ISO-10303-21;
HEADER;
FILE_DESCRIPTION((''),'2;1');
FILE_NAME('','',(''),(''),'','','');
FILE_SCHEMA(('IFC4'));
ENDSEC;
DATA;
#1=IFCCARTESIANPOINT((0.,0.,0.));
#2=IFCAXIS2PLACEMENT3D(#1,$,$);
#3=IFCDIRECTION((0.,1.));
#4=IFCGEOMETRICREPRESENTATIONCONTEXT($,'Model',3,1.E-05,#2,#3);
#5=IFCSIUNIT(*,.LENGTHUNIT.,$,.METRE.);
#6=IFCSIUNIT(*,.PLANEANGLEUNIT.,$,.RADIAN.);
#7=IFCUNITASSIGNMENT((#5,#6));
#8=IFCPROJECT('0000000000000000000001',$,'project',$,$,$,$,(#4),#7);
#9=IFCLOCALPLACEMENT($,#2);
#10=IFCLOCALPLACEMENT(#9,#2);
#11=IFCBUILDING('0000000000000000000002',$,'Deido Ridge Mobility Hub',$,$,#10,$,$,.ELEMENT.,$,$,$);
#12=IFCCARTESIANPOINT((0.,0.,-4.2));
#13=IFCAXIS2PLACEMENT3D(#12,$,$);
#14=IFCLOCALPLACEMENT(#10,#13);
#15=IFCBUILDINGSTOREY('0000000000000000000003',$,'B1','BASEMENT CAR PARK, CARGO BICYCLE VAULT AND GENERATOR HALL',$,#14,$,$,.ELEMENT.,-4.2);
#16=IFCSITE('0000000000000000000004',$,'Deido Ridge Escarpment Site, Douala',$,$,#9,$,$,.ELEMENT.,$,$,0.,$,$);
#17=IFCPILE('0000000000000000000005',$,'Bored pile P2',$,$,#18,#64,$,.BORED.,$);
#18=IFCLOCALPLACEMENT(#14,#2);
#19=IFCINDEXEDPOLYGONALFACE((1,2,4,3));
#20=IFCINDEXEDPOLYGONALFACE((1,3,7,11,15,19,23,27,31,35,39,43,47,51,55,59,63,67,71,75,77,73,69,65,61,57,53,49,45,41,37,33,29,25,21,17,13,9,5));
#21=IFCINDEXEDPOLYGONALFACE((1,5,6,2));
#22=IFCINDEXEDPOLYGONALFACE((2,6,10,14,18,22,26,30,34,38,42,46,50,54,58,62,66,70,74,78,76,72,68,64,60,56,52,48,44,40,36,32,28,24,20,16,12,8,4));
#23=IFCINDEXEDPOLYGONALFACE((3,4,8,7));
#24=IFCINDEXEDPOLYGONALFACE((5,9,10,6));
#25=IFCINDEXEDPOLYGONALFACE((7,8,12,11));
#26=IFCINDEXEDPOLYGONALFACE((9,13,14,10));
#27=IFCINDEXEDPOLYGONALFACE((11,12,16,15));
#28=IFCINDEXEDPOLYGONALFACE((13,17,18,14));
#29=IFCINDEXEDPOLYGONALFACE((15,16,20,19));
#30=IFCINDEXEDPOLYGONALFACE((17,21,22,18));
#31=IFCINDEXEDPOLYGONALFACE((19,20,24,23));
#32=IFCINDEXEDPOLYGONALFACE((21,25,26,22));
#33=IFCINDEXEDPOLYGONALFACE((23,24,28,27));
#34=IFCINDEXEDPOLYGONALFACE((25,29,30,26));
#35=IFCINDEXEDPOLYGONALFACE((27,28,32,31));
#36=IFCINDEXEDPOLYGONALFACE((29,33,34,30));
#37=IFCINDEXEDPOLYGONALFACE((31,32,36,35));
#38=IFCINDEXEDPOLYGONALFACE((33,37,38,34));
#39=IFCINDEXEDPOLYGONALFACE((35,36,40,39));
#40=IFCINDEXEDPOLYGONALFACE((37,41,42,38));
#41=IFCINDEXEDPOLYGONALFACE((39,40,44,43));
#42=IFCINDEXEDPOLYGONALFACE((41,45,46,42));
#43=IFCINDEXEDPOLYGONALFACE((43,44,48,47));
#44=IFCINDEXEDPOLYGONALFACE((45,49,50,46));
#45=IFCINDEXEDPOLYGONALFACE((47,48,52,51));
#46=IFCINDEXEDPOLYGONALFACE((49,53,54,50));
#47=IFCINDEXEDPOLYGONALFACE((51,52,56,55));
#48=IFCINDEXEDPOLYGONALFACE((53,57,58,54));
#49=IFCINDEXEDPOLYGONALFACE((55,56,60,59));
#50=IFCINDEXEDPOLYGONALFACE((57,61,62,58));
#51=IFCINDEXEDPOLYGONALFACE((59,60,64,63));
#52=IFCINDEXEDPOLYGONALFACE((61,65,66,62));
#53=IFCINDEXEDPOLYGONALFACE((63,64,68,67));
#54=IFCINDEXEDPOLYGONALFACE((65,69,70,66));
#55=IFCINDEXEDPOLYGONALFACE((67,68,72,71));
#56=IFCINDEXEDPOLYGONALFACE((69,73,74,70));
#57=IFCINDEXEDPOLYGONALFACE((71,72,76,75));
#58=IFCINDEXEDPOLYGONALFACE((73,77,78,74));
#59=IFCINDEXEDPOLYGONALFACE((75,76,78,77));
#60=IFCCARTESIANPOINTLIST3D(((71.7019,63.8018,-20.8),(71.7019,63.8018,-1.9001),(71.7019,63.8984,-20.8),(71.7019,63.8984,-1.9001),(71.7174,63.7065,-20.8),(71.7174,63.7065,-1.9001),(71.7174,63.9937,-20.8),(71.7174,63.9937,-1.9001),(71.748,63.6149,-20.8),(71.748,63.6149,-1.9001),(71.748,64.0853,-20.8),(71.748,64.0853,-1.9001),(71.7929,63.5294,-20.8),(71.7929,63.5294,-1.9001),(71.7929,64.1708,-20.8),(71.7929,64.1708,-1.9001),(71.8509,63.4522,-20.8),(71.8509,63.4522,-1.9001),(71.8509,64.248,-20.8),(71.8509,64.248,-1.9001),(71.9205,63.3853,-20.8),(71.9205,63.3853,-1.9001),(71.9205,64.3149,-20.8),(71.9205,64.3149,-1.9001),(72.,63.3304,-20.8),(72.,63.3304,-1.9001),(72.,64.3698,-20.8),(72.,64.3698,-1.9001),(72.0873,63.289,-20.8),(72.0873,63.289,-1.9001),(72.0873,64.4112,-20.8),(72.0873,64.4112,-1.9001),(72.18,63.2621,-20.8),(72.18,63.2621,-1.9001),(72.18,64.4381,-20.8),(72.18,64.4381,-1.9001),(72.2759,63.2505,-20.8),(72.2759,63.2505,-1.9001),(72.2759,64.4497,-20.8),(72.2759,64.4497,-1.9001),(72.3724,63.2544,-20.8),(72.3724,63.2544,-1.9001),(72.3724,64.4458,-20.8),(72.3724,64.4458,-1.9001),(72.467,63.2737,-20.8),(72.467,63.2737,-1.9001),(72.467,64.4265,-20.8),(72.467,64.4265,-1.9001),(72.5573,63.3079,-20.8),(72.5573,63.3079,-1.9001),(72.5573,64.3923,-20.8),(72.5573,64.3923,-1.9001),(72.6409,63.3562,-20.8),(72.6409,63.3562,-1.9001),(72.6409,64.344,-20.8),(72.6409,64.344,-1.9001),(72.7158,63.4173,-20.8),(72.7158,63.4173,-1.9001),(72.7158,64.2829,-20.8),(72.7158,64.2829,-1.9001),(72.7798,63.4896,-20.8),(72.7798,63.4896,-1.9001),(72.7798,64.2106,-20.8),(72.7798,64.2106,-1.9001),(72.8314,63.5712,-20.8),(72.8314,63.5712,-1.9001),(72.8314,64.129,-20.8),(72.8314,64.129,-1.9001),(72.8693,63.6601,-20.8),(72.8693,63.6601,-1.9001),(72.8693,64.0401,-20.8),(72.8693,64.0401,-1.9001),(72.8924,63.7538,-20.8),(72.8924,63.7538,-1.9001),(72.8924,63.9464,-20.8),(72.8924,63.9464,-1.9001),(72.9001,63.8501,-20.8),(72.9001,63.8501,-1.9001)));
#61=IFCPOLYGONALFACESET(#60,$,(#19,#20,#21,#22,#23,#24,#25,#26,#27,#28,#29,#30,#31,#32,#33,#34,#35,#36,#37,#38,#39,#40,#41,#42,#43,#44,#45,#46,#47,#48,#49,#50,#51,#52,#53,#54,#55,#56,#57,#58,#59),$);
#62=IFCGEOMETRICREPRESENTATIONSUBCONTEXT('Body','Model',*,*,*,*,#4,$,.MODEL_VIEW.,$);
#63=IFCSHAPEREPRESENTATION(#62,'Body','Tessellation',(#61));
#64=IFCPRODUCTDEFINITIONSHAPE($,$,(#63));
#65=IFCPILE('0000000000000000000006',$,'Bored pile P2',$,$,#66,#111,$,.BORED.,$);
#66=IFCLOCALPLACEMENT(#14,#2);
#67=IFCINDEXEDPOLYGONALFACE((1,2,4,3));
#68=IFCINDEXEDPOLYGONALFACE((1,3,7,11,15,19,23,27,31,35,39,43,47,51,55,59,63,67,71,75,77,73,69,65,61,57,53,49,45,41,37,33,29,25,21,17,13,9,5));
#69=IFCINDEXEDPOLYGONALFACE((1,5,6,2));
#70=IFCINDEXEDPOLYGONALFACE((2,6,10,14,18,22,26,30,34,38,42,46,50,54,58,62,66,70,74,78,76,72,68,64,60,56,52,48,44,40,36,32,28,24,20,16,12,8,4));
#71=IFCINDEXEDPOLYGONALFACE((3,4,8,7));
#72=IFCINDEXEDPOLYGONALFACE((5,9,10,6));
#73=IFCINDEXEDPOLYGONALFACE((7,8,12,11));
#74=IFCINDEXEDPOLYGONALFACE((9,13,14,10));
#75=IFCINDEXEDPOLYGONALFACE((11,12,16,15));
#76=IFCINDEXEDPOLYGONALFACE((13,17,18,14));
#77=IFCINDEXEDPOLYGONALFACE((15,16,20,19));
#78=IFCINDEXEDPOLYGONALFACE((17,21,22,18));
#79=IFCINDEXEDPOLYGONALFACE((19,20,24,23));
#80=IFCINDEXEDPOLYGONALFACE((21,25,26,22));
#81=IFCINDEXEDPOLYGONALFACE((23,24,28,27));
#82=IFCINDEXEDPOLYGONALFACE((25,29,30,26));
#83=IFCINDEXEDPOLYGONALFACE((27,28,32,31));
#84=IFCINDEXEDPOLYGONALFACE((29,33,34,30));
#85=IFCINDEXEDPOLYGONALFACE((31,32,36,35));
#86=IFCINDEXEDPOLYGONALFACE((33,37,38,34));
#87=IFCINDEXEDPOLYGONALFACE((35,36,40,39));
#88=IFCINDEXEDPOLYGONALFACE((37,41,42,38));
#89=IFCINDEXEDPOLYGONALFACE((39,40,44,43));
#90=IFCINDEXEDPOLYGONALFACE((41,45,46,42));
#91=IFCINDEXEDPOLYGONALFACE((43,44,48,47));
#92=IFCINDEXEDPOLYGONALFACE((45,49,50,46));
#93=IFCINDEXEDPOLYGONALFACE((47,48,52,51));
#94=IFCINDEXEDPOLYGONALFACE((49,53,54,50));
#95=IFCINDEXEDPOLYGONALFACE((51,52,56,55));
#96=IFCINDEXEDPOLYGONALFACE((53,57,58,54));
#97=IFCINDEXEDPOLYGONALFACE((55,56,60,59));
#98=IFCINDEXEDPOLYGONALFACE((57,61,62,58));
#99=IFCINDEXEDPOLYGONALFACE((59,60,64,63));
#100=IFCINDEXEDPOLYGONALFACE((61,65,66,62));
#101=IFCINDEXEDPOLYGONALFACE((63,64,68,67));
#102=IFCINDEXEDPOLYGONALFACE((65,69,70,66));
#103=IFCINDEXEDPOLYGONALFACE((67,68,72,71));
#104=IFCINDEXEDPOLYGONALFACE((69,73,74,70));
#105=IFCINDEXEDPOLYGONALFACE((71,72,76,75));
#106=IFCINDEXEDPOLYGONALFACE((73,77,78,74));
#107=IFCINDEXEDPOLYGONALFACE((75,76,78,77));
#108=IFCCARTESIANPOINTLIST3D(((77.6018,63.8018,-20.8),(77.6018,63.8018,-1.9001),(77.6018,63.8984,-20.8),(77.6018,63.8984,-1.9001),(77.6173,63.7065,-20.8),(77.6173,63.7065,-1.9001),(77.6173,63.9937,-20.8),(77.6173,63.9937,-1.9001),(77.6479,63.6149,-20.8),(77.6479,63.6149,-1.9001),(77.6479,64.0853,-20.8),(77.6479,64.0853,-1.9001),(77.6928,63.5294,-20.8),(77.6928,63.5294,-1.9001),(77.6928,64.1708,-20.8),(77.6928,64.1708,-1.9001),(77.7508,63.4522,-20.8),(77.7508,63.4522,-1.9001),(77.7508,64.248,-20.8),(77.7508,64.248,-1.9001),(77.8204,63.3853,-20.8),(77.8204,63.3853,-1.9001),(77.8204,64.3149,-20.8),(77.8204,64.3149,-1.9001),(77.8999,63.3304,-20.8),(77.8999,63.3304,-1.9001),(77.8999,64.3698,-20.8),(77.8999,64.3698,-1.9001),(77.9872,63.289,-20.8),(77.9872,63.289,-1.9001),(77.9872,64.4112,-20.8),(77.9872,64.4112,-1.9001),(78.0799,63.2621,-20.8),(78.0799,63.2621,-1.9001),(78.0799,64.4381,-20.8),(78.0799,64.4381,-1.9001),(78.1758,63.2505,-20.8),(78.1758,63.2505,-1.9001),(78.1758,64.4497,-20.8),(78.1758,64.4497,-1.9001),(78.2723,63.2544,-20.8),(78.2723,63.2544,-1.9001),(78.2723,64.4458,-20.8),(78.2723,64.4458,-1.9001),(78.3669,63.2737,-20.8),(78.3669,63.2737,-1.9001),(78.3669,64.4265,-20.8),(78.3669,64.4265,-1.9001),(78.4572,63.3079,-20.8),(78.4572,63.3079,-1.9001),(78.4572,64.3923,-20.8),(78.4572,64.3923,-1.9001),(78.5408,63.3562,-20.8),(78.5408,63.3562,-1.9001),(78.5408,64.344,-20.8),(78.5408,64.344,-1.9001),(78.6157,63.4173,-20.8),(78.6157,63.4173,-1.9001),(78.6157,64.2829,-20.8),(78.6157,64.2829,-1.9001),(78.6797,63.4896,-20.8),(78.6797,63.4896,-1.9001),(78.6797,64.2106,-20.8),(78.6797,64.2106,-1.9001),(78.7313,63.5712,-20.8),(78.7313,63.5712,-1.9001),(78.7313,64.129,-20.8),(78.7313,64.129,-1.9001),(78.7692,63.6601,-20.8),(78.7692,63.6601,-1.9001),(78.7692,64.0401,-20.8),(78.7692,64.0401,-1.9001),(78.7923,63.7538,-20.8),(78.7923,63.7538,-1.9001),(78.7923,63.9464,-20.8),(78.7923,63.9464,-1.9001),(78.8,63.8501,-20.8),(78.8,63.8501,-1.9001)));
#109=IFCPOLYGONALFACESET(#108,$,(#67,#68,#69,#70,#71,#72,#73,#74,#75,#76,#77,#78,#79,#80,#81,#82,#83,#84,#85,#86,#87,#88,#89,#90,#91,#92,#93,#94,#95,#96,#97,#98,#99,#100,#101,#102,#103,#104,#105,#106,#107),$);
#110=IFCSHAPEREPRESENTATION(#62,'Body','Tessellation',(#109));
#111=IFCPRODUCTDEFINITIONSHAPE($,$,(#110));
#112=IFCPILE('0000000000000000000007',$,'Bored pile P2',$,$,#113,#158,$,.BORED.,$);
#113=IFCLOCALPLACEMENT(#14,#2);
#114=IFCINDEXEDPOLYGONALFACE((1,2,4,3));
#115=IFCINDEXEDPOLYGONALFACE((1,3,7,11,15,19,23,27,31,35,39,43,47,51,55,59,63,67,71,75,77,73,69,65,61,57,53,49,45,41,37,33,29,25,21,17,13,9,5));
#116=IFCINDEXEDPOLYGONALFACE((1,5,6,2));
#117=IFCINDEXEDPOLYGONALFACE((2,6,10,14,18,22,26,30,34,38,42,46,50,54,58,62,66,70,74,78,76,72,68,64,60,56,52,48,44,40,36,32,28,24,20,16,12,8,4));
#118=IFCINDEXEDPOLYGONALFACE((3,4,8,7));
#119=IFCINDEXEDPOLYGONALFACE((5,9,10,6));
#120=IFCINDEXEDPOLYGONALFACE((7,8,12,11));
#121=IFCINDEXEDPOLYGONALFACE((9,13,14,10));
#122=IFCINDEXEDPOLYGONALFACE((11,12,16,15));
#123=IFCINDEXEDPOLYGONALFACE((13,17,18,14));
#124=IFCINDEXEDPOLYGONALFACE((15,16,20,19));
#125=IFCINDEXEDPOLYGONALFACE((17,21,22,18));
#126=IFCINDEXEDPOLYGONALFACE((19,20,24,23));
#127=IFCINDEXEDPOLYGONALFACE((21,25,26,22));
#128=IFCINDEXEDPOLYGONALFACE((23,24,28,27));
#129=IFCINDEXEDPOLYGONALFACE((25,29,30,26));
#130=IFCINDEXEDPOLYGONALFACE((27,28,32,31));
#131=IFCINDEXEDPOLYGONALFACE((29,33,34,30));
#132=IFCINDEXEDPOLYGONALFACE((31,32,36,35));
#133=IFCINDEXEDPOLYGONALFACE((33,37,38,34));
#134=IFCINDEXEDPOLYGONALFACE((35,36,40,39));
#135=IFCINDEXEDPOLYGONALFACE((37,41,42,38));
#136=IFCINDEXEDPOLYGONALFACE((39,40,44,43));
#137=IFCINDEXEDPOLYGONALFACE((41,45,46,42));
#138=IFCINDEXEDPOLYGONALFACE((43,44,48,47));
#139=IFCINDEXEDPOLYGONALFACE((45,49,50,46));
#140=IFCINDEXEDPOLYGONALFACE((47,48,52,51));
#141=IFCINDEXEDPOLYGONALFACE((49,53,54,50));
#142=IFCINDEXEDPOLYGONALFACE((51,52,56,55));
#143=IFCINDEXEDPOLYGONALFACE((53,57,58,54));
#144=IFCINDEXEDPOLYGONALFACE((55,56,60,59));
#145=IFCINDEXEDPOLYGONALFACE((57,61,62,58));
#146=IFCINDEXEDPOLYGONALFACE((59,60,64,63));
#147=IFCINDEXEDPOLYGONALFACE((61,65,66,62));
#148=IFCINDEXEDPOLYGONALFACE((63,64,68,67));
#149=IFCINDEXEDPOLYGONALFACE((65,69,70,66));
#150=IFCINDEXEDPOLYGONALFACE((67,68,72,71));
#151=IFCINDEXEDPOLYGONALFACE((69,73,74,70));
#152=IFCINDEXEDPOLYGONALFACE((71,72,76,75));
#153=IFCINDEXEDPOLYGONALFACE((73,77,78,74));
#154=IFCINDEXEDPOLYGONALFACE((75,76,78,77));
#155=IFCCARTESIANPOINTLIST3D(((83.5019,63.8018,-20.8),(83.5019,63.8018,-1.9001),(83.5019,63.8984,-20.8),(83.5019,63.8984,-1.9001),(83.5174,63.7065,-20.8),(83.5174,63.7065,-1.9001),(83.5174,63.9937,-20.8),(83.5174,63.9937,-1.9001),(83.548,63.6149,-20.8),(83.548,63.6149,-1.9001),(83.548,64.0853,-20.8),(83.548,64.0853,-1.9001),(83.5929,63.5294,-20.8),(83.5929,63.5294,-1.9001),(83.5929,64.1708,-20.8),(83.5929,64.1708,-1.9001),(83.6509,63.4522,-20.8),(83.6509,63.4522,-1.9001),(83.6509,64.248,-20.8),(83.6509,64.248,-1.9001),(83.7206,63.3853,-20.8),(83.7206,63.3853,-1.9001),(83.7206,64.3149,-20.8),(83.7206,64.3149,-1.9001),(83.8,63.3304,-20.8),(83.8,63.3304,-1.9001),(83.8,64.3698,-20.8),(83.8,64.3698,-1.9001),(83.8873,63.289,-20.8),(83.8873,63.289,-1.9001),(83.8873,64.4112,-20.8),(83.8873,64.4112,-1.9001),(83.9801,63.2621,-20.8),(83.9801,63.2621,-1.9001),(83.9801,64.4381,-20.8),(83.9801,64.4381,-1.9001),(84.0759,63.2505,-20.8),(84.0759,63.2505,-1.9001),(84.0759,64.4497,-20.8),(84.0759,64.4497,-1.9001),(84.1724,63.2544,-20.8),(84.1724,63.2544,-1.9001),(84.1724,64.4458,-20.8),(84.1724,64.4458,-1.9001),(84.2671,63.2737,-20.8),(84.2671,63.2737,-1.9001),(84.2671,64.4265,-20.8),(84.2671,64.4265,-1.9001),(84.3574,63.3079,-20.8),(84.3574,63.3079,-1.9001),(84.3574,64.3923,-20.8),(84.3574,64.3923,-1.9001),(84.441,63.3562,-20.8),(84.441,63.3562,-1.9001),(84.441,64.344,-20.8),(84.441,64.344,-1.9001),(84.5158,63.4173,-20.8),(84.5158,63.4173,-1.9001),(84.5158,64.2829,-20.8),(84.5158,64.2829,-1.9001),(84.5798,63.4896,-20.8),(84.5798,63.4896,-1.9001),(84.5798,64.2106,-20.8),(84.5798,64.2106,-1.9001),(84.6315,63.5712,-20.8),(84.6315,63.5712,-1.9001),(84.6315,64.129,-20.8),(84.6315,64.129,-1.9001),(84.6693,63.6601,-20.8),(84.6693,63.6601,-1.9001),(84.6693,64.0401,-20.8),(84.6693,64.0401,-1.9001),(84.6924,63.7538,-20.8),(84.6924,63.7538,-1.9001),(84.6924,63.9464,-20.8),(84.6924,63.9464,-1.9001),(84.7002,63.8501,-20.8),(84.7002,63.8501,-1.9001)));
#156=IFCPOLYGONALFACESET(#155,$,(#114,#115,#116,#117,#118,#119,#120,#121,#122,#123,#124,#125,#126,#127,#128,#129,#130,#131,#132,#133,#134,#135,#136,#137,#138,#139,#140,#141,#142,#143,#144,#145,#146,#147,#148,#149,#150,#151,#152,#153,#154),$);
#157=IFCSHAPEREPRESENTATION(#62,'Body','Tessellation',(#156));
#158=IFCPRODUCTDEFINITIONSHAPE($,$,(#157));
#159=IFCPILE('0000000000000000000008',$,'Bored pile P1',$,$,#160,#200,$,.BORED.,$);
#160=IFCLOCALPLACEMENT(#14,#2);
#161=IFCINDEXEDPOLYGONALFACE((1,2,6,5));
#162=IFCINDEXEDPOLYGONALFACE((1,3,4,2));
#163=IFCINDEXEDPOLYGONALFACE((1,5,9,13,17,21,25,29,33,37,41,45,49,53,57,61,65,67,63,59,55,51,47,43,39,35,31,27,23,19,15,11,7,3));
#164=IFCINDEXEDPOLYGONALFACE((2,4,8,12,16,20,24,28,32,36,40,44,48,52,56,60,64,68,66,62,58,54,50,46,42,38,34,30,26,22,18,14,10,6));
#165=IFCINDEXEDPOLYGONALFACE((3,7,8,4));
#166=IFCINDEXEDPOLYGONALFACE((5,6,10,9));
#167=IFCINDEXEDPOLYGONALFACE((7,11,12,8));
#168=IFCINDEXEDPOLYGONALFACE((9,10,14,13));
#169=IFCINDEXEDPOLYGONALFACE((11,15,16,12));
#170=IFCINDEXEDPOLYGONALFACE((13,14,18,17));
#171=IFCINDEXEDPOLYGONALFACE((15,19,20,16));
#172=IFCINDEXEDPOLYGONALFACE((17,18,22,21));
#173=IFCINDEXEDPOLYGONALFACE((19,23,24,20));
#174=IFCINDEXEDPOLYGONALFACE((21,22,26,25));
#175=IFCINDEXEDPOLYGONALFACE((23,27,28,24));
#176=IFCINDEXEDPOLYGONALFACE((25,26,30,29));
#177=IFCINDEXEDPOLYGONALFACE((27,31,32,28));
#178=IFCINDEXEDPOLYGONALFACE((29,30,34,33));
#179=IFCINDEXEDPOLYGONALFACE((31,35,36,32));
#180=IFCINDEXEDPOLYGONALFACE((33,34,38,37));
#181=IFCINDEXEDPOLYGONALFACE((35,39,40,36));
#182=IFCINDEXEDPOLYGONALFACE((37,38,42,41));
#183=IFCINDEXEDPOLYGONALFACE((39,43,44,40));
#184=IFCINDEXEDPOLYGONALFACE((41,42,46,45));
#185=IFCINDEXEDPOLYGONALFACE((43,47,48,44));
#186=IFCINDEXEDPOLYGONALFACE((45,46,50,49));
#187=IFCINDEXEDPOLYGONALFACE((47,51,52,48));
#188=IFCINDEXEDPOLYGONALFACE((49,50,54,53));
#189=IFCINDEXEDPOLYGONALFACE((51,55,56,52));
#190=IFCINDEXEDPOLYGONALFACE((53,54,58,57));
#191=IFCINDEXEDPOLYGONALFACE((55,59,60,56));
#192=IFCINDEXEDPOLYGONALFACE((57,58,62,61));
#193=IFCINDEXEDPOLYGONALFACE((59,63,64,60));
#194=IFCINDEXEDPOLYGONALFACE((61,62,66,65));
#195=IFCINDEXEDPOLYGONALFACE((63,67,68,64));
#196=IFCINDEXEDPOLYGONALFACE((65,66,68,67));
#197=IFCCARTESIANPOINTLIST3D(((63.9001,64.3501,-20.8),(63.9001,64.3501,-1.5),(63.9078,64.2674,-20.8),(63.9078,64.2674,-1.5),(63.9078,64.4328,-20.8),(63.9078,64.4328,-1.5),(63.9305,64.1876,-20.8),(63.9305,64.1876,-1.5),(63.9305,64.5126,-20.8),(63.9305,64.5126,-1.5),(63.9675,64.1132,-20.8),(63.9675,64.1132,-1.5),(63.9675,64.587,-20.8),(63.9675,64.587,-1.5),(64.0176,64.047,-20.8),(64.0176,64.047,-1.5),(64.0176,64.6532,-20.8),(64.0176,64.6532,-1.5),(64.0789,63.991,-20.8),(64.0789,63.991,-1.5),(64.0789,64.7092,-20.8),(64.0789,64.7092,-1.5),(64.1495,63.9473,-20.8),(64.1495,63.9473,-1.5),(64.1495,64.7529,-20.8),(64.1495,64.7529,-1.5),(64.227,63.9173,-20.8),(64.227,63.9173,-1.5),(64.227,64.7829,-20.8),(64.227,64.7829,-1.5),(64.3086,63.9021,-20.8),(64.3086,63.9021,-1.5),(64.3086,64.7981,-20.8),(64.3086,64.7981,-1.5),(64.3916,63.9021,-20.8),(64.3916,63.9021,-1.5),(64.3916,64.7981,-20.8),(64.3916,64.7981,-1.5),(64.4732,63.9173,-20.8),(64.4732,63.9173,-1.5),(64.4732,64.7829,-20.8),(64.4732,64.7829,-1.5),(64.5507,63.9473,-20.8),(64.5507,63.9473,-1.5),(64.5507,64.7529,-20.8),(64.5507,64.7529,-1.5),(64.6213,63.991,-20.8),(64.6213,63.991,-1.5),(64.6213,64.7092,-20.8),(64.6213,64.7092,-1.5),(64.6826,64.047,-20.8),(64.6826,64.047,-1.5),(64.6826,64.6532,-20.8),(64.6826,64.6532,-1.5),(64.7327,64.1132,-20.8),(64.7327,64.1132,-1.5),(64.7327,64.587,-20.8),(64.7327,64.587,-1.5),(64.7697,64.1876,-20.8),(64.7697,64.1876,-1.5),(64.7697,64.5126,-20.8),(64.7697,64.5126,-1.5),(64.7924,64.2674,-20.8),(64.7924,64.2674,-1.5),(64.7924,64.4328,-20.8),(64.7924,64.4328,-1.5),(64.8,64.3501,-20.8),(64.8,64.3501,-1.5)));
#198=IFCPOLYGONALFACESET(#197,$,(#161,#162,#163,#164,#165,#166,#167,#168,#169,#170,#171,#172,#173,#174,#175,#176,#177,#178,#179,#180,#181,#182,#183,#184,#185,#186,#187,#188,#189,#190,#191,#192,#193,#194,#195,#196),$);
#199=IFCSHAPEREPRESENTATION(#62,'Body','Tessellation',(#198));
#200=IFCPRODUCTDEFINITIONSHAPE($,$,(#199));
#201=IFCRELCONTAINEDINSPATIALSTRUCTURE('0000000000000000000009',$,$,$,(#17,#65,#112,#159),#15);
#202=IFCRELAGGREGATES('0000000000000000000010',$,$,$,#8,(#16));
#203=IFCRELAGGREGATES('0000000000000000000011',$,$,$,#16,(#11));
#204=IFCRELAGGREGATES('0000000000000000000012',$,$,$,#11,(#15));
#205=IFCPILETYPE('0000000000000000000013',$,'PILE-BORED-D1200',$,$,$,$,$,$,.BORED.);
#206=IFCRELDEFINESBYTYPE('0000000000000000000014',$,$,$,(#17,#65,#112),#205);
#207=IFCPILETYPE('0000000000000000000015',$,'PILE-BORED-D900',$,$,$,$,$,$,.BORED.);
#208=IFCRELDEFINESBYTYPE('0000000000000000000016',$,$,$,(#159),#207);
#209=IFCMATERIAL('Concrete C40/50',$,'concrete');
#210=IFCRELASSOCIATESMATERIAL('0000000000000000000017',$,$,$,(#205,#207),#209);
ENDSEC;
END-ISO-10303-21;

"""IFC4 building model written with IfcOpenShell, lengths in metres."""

from ifc_helpers import new_model, si_unit, direction, frame, origin, origin_2d, place, context, subcontext, project, spatial, circle, extrude, material, material_profile, profile_set, type_object, element, save


model = new_model("IFC4")

# Units and contexts
model_context = context("Model", 3, precision=1e-05, world=origin(), true_north=direction((0.0, 1.0)))
body_context = subcontext(model_context, "Body", "Model", "MODEL_VIEW")
ifc_project = project(units=[si_unit("LENGTHUNIT", "METRE"), si_unit("PLANEANGLEUNIT", "RADIAN")], contexts=[model_context])

# Site, building, storey
site_placement = place(None, origin())
site = spatial("IfcSite", under=ifc_project, at=site_placement, Name="Deido Ridge Escarpment Site, Douala", CompositionType="ELEMENT", RefElevation=0.0)
building_placement = place(site_placement, origin())
building = spatial("IfcBuilding", under=site, at=building_placement, Name="Deido Ridge Mobility Hub", CompositionType="ELEMENT")
storey_placement = place(building_placement, frame((0.0, 0.0, -4.2)))
storey = spatial("IfcBuildingStorey", under=building, at=storey_placement, Name="B1", Description="BASEMENT CAR PARK, CARGO BICYCLE VAULT AND GENERATOR HALL", CompositionType="ELEMENT", Elevation=-4.2)

# Piles
ifc_material_1 = material(Name="Concrete C40/50", Category="concrete")
ifc_material_profile_1 = material_profile(ifc_material_1, circle(Radius=0.6001, at=origin_2d()), Name="BORED PILE D1200")
ifc_profile_set_1 = profile_set([ifc_material_profile_1], Name="Concrete C40/50")
pile_type_1 = type_object("IfcPileType", Name="PILE-BORED-D1200", PredefinedType="BORED", material=ifc_profile_set_1)
for number, where, z_axis, x_axis, name in (
    (1, (72.3, 63.8501, -1.9001), (0.0, 0.0, -1.0), (1.0, 0.0, 0.0), "Bored pile P2"),
    (2, (78.2, 63.8501, -1.9001), (0.0, 0.0, -1.0), (1.0, 0.0, 0.0), "Bored pile P2"),
    (3, (84.1001, 63.8501, -1.9001), (0.0, 0.0, -1.0), (1.0, 0.0, 0.0), "Bored pile P2"),
):
    element("IfcPile", number, at=place(storey_placement, frame(where, z_axis=z_axis, x_axis=x_axis)), inside=storey, type_object=pile_type_1, Name=name, PredefinedType="BORED", context=body_context, shape_type="SweptSolid", body=[
        extrude(circle(Radius=0.6001, at=origin_2d()), origin(), (0.0, 0.0, 1.0), 18.8999),
    ])
ifc_material_profile_2 = material_profile(ifc_material_1, circle(Radius=0.45, at=origin_2d()), Name="BORED PILE D900")
ifc_profile_set_2 = profile_set([ifc_material_profile_2], Name="Concrete C40/50")
pile_type_2 = type_object("IfcPileType", Name="PILE-BORED-D900", PredefinedType="BORED", material=ifc_profile_set_2)
pile_placement = place(storey_placement, frame((64.3501, 64.3501, -1.5), z_axis=(0.0, 0.0, -1.0), x_axis=(1.0, 0.0, 0.0)))
element("IfcPile", 4, at=pile_placement, inside=storey, type_object=pile_type_2, Name="Bored pile P1", PredefinedType="BORED", context=body_context, shape_type="SweptSolid", body=[
    extrude(circle(Radius=0.45, at=origin_2d()), origin(), (0.0, 0.0, 1.0), 19.3),
])

save(model, "model.ifc")
